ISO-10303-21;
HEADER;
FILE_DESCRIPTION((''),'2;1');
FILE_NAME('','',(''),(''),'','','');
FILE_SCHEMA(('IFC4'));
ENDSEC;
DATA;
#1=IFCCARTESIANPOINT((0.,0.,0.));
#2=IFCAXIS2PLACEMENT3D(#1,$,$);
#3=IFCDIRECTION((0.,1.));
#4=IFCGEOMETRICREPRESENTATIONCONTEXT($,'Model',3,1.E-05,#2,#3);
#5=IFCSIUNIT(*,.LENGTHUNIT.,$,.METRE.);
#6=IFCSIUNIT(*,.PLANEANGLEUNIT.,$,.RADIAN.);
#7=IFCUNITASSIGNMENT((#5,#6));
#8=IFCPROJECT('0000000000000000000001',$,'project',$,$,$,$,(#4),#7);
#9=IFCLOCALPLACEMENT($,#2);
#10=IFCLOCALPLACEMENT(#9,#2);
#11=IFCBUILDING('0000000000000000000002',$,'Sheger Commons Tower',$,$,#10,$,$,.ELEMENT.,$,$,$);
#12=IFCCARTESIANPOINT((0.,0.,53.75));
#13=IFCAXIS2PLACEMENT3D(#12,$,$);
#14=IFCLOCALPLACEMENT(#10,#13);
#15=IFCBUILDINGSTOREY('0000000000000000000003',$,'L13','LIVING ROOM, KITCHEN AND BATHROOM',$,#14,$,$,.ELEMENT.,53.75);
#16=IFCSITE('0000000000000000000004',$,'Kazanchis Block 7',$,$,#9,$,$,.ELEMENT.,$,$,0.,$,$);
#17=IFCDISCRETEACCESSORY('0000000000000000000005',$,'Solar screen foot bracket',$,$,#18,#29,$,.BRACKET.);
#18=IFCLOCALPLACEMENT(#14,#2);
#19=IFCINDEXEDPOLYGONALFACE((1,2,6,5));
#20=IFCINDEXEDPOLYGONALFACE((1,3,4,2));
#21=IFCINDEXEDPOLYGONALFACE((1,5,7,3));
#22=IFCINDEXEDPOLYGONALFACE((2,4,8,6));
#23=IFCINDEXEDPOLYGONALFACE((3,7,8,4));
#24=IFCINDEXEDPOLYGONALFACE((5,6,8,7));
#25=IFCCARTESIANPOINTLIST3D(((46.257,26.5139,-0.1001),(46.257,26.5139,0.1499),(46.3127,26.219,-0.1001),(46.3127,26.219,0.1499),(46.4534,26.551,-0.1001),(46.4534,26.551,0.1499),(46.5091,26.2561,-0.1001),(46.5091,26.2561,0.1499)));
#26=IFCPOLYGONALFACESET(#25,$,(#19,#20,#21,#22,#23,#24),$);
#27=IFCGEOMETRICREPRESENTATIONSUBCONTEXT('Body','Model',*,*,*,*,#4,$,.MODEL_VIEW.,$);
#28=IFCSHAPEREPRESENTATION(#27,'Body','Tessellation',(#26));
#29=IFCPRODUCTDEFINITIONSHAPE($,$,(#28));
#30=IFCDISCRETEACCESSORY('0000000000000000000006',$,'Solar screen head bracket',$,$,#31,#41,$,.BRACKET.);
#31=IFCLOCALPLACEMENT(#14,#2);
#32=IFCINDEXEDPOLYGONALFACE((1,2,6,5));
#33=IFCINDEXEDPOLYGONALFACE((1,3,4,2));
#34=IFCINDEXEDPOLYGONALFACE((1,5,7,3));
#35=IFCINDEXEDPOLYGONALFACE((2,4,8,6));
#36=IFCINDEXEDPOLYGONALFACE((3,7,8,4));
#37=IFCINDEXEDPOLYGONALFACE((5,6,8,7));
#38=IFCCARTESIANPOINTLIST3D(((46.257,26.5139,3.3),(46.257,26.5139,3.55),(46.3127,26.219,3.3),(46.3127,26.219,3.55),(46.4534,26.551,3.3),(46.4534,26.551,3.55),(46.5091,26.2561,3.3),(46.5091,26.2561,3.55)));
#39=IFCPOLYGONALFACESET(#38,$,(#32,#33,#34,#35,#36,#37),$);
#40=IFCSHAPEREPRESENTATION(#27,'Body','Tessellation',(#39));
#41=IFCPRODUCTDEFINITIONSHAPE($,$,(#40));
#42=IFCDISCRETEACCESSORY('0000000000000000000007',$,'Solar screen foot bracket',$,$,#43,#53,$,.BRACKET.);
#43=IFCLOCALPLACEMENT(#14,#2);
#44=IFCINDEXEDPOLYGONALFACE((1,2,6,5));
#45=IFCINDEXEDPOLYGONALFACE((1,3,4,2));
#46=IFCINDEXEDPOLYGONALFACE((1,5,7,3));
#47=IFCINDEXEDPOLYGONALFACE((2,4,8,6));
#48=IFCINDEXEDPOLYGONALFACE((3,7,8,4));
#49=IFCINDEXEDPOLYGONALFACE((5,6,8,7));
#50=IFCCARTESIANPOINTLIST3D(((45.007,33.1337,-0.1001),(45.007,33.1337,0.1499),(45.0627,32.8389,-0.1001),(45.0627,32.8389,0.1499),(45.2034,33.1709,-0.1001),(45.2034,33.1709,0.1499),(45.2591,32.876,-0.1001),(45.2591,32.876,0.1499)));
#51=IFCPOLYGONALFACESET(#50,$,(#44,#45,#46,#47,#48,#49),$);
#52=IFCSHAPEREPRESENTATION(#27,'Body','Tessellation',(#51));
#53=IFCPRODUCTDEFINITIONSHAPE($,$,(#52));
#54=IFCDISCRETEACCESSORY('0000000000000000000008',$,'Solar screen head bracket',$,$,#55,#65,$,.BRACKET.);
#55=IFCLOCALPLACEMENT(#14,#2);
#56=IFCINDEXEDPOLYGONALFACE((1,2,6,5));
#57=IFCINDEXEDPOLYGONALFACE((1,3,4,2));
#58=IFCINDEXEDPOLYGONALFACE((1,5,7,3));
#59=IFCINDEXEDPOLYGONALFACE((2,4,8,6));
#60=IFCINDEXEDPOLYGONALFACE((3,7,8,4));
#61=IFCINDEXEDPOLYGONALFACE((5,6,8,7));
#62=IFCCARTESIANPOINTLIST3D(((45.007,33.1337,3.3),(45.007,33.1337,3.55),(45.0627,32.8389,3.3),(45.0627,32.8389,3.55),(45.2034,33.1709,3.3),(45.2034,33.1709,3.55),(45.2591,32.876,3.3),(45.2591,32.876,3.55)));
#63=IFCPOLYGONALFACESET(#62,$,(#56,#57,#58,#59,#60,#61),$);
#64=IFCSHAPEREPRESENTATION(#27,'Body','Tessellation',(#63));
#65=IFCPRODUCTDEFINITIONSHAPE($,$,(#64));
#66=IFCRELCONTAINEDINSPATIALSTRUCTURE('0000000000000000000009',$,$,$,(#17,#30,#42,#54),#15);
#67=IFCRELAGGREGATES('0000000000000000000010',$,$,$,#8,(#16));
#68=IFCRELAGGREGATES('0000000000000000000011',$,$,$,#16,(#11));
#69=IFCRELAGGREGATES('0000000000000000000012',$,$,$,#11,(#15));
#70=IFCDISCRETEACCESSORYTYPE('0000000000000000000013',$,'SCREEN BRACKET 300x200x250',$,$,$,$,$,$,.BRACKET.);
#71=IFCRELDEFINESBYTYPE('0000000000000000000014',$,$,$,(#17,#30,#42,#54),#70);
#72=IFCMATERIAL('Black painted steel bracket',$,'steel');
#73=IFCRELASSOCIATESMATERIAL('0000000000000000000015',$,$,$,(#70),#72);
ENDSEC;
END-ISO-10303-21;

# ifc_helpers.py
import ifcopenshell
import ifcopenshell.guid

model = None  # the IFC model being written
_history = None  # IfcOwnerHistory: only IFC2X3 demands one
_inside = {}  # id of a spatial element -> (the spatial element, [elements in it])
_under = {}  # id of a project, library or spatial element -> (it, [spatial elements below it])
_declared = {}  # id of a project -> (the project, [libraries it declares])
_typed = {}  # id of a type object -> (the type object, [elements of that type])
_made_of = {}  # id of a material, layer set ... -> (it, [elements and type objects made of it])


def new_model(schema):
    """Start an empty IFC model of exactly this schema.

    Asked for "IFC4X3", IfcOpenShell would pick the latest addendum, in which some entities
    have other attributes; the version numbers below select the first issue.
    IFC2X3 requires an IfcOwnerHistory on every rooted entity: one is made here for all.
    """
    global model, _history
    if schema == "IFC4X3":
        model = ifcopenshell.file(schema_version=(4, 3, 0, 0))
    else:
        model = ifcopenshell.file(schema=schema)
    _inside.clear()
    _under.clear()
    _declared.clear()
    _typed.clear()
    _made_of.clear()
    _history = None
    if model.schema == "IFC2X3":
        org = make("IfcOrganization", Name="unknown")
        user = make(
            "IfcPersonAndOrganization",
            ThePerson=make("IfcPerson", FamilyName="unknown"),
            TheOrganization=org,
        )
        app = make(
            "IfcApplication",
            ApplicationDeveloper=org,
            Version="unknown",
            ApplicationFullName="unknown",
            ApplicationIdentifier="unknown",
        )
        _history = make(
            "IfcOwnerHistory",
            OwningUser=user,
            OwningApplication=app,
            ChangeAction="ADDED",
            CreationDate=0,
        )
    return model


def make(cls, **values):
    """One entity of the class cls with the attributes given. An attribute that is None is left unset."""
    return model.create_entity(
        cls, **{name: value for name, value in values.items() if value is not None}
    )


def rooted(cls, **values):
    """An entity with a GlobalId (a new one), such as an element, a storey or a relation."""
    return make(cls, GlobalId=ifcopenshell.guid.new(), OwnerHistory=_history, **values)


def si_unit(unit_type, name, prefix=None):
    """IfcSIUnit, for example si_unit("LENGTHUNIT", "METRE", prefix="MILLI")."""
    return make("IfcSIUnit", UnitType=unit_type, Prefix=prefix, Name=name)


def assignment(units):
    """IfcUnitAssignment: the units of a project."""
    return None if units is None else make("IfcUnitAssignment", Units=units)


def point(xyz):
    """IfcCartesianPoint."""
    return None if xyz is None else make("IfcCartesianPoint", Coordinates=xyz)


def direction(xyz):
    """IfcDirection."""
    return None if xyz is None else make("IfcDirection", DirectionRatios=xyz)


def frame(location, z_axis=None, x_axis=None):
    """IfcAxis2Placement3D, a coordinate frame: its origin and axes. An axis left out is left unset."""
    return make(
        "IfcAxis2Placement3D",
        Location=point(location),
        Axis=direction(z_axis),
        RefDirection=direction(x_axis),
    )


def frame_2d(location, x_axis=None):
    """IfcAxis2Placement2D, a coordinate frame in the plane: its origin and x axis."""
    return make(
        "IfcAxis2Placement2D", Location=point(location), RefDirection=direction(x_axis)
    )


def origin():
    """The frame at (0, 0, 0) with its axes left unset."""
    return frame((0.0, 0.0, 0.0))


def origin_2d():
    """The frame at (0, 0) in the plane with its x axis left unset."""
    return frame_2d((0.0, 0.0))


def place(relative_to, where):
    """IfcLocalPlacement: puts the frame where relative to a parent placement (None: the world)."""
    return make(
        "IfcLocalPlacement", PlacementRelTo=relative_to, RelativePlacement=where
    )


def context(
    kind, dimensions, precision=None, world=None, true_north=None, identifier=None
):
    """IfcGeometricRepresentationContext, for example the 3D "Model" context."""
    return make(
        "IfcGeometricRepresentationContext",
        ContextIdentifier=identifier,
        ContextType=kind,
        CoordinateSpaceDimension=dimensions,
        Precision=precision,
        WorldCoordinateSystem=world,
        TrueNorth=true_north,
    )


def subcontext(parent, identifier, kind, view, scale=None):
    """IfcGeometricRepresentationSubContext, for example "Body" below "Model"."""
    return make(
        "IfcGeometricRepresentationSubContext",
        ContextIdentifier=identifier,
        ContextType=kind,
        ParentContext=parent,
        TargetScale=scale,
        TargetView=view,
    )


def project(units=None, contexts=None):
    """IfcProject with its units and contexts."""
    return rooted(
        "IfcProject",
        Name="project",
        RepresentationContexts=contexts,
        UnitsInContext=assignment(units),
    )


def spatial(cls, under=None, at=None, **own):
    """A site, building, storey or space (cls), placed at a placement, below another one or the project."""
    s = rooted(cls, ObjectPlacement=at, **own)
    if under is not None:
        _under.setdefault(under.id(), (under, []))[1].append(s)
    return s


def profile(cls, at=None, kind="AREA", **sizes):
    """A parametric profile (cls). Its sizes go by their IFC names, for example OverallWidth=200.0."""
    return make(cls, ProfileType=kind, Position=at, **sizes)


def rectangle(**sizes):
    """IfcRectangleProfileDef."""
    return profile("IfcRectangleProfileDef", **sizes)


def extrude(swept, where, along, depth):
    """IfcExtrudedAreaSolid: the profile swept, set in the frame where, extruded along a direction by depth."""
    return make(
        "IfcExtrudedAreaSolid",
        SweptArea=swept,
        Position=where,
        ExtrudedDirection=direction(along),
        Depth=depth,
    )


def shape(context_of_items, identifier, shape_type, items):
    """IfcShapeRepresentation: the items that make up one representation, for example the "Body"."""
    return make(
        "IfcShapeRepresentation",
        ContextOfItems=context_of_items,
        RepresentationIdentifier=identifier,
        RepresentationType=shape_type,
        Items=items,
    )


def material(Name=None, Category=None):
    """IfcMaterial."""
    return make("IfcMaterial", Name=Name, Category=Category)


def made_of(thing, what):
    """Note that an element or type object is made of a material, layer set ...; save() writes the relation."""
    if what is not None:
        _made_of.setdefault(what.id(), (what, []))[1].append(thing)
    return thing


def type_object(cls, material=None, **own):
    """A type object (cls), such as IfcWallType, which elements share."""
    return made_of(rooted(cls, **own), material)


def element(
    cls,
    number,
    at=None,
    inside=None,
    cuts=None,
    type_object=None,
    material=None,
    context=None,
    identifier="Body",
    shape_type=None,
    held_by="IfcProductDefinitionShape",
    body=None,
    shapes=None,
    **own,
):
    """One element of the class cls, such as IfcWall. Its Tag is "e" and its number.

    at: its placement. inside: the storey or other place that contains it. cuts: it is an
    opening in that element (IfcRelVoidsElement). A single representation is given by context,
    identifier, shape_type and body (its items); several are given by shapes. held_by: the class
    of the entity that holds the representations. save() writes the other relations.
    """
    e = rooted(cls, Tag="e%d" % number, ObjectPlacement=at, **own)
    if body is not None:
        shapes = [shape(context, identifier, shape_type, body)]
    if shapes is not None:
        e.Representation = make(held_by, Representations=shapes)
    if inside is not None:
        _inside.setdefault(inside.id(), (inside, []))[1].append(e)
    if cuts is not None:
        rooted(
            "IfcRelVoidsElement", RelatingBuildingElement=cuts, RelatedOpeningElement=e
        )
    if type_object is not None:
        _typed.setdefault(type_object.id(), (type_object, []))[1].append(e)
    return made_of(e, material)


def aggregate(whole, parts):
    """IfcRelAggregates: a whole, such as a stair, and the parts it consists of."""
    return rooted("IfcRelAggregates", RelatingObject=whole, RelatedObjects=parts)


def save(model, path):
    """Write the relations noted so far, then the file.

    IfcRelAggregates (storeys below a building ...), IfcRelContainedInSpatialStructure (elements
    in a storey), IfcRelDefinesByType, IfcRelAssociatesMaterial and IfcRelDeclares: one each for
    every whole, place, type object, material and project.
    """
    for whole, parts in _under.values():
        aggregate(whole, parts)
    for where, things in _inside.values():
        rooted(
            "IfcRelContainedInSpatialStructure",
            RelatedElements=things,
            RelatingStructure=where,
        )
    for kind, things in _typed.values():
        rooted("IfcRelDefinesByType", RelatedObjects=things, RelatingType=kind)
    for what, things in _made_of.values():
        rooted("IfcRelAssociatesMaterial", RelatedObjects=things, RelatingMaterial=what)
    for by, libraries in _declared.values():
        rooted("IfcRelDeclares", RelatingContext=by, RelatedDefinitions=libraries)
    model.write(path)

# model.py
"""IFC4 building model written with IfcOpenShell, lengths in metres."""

from ifc_helpers import new_model, si_unit, direction, frame, origin, origin_2d, place, context, subcontext, project, spatial, rectangle, extrude, material, type_object, element, save


model = new_model("IFC4")

# Units and contexts
model_context = context("Model", 3, precision=1e-05, world=origin(), true_north=direction((0.0, 1.0)))
body_context = subcontext(model_context, "Body", "Model", "MODEL_VIEW")
ifc_project = project(units=[si_unit("LENGTHUNIT", "METRE"), si_unit("PLANEANGLEUNIT", "RADIAN")], contexts=[model_context])

# Site, building, storey
site_placement = place(None, origin())
site = spatial("IfcSite", under=ifc_project, at=site_placement, Name="Kazanchis Block 7", CompositionType="ELEMENT", RefElevation=0.0)
building_placement = place(site_placement, origin())
building = spatial("IfcBuilding", under=site, at=building_placement, Name="Sheger Commons Tower", CompositionType="ELEMENT")
storey_placement = place(building_placement, frame((0.0, 0.0, 53.75)))
storey = spatial("IfcBuildingStorey", under=building, at=storey_placement, Name="L13", Description="LIVING ROOM, KITCHEN AND BATHROOM", CompositionType="ELEMENT", Elevation=53.75)

# Discrete accessories
ifc_material_1 = material(Name="Black painted steel bracket", Category="steel")
discrete_accessory_type = type_object("IfcDiscreteAccessoryType", Name="SCREEN BRACKET 300x200x250", PredefinedType="BRACKET", material=ifc_material_1)
for number, where, z_axis, x_axis, name in (
    (1, (46.3831, 26.385, -0.1001), (0.0, 0.0, 1.0), (-0.185615, 0.982623, 0.0), "Solar screen foot bracket"),
    (2, (46.3831, 26.385, 3.3), (0.0, 0.0, 1.0), (-0.185615, 0.982623, 0.0), "Solar screen head bracket"),
    (3, (45.1331, 33.0049, -0.1001), (0.0, 0.0, 1.0), (-0.185615, 0.982623, 0.0), "Solar screen foot bracket"),
    (4, (45.1331, 33.0049, 3.3), (0.0, 0.0, 1.0), (-0.185615, 0.982623, 0.0), "Solar screen head bracket"),
):
    element("IfcDiscreteAccessory", number, at=place(storey_placement, frame(where, z_axis=z_axis, x_axis=x_axis)), inside=storey, type_object=discrete_accessory_type, Name=name, PredefinedType="BRACKET", context=body_context, shape_type="SweptSolid", body=[
        extrude(rectangle(XDim=0.3, YDim=0.2, at=origin_2d()), origin(), (0.0, 0.0, 1.0), 0.25),
    ])

save(model, "model.ifc")
